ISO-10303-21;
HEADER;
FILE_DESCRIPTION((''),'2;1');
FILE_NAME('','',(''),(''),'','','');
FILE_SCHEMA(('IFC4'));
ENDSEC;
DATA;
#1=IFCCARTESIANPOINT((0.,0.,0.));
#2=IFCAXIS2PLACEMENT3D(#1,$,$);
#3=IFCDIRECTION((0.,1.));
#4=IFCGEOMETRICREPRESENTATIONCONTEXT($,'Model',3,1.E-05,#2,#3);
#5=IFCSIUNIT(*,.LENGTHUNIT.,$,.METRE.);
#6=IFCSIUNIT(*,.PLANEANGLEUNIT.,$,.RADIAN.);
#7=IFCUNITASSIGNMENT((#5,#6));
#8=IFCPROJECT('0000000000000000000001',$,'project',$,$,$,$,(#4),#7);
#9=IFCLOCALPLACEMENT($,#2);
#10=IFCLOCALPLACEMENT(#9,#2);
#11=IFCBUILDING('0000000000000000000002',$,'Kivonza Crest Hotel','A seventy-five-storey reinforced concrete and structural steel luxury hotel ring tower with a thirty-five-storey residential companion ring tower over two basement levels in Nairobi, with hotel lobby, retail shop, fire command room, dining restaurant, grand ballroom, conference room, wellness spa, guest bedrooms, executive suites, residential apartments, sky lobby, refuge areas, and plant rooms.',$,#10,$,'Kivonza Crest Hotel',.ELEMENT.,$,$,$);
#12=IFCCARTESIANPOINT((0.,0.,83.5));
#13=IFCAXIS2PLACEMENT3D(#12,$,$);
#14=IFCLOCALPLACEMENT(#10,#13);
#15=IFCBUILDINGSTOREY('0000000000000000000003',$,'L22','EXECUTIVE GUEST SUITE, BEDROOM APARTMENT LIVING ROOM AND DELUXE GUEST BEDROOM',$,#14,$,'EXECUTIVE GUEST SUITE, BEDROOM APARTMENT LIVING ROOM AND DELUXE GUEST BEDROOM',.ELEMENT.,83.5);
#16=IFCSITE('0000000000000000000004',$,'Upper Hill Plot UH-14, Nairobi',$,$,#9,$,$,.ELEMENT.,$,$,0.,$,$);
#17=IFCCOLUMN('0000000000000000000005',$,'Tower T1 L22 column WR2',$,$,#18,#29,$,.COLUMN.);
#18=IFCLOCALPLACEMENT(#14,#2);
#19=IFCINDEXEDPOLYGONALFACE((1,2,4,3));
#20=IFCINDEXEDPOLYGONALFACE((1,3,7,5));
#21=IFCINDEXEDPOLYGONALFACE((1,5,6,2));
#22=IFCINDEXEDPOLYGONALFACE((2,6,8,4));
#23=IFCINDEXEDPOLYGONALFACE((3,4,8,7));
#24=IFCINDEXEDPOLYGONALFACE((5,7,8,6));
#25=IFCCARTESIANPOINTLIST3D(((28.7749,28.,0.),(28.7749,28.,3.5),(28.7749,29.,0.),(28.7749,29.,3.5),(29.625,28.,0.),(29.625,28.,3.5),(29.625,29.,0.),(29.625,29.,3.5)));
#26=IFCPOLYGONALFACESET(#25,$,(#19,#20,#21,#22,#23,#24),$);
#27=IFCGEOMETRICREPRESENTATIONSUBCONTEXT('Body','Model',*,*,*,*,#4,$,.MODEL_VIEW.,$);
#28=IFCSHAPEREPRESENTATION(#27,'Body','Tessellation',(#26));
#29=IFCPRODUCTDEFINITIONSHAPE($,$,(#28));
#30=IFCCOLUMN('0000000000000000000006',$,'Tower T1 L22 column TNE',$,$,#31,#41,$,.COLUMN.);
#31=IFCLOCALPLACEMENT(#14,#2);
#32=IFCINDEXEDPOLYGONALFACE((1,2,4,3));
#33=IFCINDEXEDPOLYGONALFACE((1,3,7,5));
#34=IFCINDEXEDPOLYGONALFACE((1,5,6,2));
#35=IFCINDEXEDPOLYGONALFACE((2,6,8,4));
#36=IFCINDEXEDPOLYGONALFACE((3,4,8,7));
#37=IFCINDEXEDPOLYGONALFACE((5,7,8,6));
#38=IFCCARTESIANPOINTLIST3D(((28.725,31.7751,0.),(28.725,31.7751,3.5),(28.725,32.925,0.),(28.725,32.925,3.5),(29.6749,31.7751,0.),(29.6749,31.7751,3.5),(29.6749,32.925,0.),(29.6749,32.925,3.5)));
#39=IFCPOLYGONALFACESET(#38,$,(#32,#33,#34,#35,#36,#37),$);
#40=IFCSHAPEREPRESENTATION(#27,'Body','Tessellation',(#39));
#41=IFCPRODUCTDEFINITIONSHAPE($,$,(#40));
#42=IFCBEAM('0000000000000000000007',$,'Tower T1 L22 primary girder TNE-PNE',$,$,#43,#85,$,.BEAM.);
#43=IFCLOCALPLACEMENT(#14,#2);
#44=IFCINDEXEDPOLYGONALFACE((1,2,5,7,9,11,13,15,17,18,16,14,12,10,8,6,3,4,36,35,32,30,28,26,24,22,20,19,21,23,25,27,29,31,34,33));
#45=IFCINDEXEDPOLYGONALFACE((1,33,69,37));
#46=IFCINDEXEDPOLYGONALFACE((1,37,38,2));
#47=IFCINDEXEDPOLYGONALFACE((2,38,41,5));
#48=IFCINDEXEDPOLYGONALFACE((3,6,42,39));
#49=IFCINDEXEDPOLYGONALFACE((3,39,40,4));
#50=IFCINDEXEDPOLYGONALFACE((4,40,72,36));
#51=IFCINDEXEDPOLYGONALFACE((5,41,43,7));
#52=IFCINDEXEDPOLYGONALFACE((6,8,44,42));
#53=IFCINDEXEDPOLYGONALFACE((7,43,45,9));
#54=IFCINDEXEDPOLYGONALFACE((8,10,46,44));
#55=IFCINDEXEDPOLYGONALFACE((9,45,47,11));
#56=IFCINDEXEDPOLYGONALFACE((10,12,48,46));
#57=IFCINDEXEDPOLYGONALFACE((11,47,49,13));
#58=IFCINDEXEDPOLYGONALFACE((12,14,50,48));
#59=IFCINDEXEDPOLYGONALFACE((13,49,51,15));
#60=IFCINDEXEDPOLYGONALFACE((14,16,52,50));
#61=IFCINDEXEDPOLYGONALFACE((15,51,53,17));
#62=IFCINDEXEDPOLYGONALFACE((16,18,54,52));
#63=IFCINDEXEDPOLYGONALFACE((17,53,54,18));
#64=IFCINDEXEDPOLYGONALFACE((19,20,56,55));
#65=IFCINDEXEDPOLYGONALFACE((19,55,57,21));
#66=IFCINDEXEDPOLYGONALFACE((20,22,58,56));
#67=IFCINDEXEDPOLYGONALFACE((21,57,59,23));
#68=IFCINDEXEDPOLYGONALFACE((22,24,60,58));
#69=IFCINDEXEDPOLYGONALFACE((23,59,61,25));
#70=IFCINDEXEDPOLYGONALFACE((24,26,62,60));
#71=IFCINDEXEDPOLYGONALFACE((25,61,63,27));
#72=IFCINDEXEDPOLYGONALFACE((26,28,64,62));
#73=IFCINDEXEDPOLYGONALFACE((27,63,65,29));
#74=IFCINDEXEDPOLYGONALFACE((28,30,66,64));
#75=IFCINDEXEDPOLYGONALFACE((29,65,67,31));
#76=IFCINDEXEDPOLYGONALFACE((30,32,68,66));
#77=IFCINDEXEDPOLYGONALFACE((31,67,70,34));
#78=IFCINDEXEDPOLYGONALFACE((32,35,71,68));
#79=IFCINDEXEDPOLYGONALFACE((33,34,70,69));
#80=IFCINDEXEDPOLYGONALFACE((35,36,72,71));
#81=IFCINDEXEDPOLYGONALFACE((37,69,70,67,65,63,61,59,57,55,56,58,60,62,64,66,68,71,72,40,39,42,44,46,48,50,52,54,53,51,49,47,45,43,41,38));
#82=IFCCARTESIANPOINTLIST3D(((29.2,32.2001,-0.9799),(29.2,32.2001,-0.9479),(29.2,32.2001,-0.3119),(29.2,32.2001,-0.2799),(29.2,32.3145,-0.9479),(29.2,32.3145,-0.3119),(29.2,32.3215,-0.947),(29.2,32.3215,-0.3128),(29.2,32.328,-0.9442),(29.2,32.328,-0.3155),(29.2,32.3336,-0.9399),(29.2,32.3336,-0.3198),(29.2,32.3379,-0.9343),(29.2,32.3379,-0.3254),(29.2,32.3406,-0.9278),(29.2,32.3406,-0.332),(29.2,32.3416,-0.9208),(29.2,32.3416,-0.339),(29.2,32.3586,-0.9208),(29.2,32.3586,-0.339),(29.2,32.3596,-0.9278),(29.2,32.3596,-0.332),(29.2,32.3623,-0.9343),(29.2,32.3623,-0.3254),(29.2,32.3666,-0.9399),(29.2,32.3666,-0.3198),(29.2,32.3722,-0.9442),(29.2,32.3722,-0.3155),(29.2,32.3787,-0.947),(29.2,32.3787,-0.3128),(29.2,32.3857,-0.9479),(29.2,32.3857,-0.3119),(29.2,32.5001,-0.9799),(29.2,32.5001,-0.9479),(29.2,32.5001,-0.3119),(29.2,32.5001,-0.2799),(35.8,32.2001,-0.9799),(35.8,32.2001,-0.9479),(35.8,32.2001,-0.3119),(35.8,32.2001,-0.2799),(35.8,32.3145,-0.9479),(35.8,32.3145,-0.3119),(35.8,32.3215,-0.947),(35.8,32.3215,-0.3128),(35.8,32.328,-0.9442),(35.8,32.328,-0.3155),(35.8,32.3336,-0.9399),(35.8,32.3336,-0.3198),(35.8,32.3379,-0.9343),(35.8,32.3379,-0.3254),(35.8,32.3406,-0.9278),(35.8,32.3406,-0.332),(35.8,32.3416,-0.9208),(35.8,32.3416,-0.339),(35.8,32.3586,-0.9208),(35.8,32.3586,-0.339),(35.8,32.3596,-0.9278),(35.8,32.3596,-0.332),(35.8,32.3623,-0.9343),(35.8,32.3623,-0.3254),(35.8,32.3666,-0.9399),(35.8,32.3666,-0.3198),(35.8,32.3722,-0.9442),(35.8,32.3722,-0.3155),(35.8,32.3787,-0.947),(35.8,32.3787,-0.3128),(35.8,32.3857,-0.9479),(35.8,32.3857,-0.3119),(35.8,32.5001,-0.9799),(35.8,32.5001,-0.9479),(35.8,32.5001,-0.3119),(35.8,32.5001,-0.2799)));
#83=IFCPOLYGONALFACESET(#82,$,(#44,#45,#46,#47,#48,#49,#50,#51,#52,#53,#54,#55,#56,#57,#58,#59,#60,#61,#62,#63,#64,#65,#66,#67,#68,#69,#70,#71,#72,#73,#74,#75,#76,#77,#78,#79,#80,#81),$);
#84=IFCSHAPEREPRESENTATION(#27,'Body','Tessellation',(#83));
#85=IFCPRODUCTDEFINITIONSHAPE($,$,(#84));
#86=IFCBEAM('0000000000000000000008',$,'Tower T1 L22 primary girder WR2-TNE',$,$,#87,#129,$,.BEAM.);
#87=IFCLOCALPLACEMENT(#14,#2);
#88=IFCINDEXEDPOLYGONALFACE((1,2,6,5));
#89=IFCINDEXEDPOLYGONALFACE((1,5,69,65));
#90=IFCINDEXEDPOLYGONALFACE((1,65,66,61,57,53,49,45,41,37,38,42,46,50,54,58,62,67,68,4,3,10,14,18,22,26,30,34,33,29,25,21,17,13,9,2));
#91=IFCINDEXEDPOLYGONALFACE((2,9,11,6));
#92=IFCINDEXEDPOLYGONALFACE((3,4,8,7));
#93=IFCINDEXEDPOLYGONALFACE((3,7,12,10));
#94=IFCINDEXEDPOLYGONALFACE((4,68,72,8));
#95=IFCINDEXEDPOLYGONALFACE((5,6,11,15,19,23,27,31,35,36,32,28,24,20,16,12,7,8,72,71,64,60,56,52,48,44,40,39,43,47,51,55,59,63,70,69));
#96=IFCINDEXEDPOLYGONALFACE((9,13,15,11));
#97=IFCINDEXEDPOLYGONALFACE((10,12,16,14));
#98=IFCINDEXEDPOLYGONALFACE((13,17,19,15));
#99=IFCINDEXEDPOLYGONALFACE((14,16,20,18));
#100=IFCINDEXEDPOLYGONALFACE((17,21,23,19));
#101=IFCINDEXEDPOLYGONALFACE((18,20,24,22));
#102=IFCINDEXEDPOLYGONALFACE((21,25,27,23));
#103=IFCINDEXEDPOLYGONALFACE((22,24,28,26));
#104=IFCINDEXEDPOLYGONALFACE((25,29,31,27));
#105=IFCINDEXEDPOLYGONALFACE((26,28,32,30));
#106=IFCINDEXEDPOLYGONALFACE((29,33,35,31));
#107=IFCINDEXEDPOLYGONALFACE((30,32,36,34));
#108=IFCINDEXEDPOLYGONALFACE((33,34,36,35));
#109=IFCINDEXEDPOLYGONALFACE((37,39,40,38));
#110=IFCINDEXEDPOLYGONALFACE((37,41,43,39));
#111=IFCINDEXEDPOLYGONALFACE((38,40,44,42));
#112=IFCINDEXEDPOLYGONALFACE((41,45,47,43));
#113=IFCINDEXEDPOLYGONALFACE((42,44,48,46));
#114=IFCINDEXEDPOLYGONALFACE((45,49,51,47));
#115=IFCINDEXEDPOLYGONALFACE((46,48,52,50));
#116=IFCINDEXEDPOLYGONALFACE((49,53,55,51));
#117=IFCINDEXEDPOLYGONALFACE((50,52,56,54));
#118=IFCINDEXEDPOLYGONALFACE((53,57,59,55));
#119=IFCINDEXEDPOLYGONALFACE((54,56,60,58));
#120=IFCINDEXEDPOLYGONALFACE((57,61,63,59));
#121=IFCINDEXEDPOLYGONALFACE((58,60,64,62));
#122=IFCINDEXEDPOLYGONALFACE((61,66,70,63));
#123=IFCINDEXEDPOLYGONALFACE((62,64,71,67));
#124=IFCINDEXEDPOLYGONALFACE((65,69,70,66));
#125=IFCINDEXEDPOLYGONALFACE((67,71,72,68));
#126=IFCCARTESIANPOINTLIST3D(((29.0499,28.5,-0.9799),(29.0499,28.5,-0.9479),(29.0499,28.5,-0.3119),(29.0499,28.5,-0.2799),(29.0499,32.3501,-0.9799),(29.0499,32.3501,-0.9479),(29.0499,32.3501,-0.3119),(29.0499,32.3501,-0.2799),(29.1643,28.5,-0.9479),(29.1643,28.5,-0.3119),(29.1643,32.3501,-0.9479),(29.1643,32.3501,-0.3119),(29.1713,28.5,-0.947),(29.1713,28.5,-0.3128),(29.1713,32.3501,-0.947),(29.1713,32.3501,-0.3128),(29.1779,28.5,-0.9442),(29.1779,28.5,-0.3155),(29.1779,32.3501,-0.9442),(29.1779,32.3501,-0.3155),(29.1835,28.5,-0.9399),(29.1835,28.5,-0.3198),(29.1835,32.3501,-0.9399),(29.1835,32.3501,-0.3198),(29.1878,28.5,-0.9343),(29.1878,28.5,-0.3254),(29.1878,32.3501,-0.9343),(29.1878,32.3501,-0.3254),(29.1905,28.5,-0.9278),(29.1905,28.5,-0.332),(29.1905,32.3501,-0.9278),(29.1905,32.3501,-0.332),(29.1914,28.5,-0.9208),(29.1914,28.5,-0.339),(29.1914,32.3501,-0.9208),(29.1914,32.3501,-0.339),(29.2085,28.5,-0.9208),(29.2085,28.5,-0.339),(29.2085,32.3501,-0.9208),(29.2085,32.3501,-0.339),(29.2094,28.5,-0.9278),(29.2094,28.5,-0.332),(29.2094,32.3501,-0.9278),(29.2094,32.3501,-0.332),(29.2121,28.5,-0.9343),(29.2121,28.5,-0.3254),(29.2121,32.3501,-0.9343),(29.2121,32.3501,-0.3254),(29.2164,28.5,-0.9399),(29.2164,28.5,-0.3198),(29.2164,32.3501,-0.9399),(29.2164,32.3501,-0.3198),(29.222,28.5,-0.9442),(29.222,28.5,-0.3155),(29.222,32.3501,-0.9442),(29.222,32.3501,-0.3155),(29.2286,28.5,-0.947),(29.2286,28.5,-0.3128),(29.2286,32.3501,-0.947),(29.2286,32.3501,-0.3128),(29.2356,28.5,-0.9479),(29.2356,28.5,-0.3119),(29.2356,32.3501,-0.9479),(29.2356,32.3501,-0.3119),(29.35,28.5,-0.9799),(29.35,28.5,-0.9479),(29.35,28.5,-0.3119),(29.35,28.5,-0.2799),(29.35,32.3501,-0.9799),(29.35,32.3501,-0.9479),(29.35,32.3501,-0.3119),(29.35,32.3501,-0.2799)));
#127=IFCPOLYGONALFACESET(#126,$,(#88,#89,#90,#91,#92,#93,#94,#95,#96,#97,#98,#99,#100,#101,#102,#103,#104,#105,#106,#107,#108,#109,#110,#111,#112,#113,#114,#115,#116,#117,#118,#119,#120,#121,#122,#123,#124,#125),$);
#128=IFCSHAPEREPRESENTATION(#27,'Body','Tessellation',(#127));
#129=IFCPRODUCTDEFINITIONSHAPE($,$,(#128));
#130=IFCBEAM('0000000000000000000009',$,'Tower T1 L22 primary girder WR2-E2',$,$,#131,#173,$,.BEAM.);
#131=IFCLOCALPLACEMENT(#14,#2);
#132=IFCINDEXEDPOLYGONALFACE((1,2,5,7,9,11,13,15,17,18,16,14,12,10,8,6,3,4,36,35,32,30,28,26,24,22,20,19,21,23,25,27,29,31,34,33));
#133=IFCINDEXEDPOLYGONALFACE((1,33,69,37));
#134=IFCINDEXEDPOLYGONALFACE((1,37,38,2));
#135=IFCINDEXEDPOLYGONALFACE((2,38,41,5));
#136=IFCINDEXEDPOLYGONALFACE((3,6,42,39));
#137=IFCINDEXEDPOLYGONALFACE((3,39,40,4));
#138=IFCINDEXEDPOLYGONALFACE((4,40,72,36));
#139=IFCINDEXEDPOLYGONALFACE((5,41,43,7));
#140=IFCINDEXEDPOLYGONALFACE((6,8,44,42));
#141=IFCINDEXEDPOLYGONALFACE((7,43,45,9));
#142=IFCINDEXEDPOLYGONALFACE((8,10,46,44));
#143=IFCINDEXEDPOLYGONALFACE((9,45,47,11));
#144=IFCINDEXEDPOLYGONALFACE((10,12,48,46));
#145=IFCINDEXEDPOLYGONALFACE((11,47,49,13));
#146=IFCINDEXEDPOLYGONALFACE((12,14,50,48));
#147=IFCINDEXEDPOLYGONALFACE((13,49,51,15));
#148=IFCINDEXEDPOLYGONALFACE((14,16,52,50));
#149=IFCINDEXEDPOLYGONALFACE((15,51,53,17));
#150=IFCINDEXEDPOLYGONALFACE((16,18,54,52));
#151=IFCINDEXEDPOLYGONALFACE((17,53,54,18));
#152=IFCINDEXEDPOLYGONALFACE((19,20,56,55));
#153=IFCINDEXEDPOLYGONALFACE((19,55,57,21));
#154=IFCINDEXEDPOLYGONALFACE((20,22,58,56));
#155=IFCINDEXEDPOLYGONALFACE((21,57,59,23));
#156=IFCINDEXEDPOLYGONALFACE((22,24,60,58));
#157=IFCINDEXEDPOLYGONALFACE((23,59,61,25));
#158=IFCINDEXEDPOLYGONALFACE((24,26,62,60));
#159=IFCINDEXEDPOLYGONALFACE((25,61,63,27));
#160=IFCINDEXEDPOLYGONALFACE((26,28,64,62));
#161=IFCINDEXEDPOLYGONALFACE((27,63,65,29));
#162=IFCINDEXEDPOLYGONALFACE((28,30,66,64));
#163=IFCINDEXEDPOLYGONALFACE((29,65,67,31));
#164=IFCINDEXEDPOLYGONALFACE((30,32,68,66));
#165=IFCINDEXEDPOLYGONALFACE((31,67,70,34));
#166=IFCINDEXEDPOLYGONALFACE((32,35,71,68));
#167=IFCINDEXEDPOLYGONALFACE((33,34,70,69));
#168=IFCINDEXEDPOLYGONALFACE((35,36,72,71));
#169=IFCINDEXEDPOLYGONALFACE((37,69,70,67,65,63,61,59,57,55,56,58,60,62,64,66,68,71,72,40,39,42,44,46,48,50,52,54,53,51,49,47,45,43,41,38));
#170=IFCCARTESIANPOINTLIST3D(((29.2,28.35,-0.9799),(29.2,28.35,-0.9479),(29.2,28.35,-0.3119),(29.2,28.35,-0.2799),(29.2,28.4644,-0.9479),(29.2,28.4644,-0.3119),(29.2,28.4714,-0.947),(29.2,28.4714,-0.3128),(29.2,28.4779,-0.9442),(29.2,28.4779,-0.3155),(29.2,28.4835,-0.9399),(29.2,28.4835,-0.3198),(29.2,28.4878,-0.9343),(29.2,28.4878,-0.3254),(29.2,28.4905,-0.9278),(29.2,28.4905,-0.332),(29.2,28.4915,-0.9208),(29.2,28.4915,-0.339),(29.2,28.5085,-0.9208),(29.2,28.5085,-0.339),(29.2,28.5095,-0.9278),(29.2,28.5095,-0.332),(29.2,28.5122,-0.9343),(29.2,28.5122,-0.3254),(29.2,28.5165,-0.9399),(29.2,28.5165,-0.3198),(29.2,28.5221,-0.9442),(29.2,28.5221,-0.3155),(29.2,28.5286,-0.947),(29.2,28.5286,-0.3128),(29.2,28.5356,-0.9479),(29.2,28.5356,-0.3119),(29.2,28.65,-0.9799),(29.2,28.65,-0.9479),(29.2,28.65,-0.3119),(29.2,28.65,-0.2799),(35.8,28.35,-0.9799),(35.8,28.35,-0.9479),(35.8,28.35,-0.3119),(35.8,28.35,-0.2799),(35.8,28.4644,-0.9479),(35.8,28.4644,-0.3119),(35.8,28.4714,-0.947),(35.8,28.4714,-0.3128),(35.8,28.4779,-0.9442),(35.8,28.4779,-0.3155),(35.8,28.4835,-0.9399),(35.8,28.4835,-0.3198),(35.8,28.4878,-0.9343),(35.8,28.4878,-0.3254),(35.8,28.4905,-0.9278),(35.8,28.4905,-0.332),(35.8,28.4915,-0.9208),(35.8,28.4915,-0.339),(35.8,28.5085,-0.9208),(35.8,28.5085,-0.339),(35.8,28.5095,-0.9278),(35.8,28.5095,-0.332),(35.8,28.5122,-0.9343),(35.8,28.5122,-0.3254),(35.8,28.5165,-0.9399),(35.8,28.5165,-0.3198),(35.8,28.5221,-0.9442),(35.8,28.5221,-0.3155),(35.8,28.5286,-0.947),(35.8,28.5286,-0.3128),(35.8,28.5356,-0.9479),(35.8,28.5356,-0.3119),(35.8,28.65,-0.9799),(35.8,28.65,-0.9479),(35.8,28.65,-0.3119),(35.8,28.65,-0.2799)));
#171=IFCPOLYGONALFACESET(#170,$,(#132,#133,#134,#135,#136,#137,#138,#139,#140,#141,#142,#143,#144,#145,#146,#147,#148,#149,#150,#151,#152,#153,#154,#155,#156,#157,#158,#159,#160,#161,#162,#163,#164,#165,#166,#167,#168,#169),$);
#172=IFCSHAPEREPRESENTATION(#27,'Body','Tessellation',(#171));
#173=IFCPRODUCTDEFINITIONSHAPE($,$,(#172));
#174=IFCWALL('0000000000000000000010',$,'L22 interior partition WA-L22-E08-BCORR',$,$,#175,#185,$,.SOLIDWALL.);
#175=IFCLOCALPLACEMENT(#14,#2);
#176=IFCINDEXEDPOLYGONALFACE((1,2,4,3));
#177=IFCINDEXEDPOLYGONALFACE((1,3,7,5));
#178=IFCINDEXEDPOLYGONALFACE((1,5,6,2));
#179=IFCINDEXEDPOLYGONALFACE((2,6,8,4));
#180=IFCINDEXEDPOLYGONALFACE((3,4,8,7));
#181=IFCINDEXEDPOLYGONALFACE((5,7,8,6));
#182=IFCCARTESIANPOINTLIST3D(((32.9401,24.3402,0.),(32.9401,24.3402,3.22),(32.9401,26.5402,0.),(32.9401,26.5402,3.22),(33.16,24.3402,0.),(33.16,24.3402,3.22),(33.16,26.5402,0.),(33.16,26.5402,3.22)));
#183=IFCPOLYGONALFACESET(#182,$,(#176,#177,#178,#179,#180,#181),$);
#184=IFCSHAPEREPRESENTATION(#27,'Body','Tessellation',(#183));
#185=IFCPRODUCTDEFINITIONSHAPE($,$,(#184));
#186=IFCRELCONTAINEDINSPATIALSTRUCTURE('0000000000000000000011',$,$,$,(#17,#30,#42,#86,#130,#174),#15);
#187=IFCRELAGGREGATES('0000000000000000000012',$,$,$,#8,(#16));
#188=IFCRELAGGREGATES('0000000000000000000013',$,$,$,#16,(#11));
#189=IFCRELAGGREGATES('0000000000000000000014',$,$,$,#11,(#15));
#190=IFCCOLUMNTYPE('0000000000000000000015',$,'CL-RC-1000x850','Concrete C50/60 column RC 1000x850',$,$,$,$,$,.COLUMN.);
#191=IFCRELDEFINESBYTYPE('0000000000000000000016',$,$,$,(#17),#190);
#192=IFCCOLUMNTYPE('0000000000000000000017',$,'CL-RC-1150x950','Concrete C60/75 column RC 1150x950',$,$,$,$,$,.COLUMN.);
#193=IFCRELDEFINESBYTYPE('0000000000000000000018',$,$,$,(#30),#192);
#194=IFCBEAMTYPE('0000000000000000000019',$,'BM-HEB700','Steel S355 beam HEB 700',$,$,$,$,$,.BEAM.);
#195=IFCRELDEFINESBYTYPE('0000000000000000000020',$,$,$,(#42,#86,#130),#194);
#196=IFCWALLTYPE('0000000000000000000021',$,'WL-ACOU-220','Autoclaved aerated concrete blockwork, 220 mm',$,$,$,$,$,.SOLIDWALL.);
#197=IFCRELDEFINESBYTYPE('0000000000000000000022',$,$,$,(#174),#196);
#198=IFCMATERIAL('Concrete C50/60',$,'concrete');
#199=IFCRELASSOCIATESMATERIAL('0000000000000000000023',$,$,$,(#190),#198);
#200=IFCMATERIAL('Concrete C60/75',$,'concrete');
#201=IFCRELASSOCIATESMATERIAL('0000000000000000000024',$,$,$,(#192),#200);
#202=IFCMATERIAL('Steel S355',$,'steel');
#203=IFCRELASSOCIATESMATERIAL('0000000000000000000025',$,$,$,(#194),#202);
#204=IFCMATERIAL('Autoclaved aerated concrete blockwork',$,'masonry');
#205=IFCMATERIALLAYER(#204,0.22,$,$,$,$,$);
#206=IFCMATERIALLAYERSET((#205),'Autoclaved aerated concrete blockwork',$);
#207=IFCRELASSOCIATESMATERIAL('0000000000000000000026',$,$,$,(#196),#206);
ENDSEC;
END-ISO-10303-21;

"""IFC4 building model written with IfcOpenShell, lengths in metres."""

from ifc_helpers import new_model, si_unit, direction, frame, frame_2d, origin, origin_2d, place, context, subcontext, project, spatial, rectangle, i_section, extrude, material, layer, layer_set, material_profile, profile_set, type_object, element, save


model = new_model("IFC4")

# Units and contexts
model_context = context("Model", 3, precision=1e-05, world=origin(), true_north=direction((0.0, 1.0)))
body_context = subcontext(model_context, "Body", "Model", "MODEL_VIEW")
ifc_project = project(units=[si_unit("LENGTHUNIT", "METRE"), si_unit("PLANEANGLEUNIT", "RADIAN")], contexts=[model_context])

# Site, building, storey
site_placement = place(None, origin())
site = spatial("IfcSite", under=ifc_project, at=site_placement, Name="Upper Hill Plot UH-14, Nairobi", CompositionType="ELEMENT", RefElevation=0.0)
building_placement = place(site_placement, origin())
building = spatial("IfcBuilding", under=site, at=building_placement, Name="Kivonza Crest Hotel", Description="A seventy-five-storey reinforced concrete and structural steel luxury hotel ring tower with a thirty-five-storey residential companion ring tower over two basement levels in Nairobi, with hotel lobby, retail shop, fire command room, dining restaurant, grand ballroom, conference room, wellness spa, guest bedrooms, executive suites, residential apartments, sky lobby, refuge areas, and plant rooms.", LongName="Kivonza Crest Hotel", CompositionType="ELEMENT")
storey_placement = place(building_placement, frame((0.0, 0.0, 83.5)))
storey = spatial("IfcBuildingStorey", under=building, at=storey_placement, Name="L22", Description="EXECUTIVE GUEST SUITE, BEDROOM APARTMENT LIVING ROOM AND DELUXE GUEST BEDROOM", LongName="EXECUTIVE GUEST SUITE, BEDROOM APARTMENT LIVING ROOM AND DELUXE GUEST BEDROOM", CompositionType="ELEMENT", Elevation=83.5)

# Columns
ifc_material_1 = material(Name="Concrete C50/60", Category="concrete")
ifc_material_profile_1 = material_profile(ifc_material_1, rectangle(XDim=0.8501, YDim=1.0, at=origin_2d()), Name="RC 1000x850")
ifc_profile_set_1 = profile_set([ifc_material_profile_1], Name="Concrete C50/60")
column_type_1 = type_object("IfcColumnType", Name="CL-RC-1000x850", Description="Concrete C50/60 column RC 1000x850", PredefinedType="COLUMN", material=ifc_profile_set_1)
column_1_placement = place(storey_placement, frame((29.2, 28.5, 0.0), z_axis=(0.0, 0.0, 1.0), x_axis=(1.0, 0.0, 0.0)))
element("IfcColumn", 1, at=column_1_placement, inside=storey, type_object=column_type_1, Name="Tower T1 L22 column WR2", PredefinedType="COLUMN", context=body_context, shape_type="SweptSolid", body=[
    extrude(rectangle(XDim=0.8501, YDim=1.0, at=origin_2d()), origin(), (0.0, 0.0, 1.0), 3.5),
])
ifc_material_2 = material(Name="Concrete C60/75", Category="concrete")
ifc_material_profile_2 = material_profile(ifc_material_2, rectangle(XDim=0.95, YDim=1.1499, at=origin_2d()), Name="RC 1150x950")
ifc_profile_set_2 = profile_set([ifc_material_profile_2], Name="Concrete C60/75")
column_type_2 = type_object("IfcColumnType", Name="CL-RC-1150x950", Description="Concrete C60/75 column RC 1150x950", PredefinedType="COLUMN", material=ifc_profile_set_2)
column_2_placement = place(storey_placement, frame((29.2, 32.3501, 0.0), z_axis=(0.0, 0.0, 1.0), x_axis=(1.0, 0.0, 0.0)))
element("IfcColumn", 2, at=column_2_placement, inside=storey, type_object=column_type_2, Name="Tower T1 L22 column TNE", PredefinedType="COLUMN", context=body_context, shape_type="SweptSolid", body=[
    extrude(rectangle(XDim=0.95, YDim=1.1499, at=origin_2d()), origin(), (0.0, 0.0, 1.0), 3.5),
])

# Beams
ifc_material_3 = material(Name="Steel S355", Category="steel")
ifc_material_profile_3 = material_profile(ifc_material_3, i_section(OverallWidth=0.3, OverallDepth=0.7, WebThickness=0.0171, FlangeThickness=0.032, FilletRadius=0.0271, at=origin_2d()), Name="HEB 700")
ifc_profile_set_3 = profile_set([ifc_material_profile_3], Name="Steel S355")
beam_type = type_object("IfcBeamType", Name="BM-HEB700", Description="Steel S355 beam HEB 700", PredefinedType="BEAM", material=ifc_profile_set_3)
beam_1_placement = place(storey_placement, frame((29.2, 32.3501, -0.6299), z_axis=(1.0, 0.0, 0.0), x_axis=(0.0, 1.0, 0.0)))
element("IfcBeam", 3, at=beam_1_placement, inside=storey, type_object=beam_type, Name="Tower T1 L22 primary girder TNE-PNE", PredefinedType="BEAM", context=body_context, shape_type="SweptSolid", body=[
    extrude(i_section(OverallWidth=0.3, OverallDepth=0.7, WebThickness=0.0171, FlangeThickness=0.032, FilletRadius=0.0271, at=origin_2d()), origin(), (0.0, 0.0, 1.0), 6.6001),
])
beam_2_placement = place(storey_placement, frame((29.2, 28.5, -0.6299), z_axis=(0.0, 1.0, 0.0), x_axis=(-1.0, 0.0, 0.0)))
element("IfcBeam", 4, at=beam_2_placement, inside=storey, type_object=beam_type, Name="Tower T1 L22 primary girder WR2-TNE", PredefinedType="BEAM", context=body_context, shape_type="SweptSolid", body=[
    extrude(i_section(OverallWidth=0.3, OverallDepth=0.7, WebThickness=0.0171, FlangeThickness=0.032, FilletRadius=0.0271, at=origin_2d()), origin(), (0.0, 0.0, 1.0), 3.8501),
])
beam_3_placement = place(storey_placement, frame((29.2, 28.5, -0.6299), z_axis=(1.0, 0.0, 0.0), x_axis=(0.0, 1.0, 0.0)))
element("IfcBeam", 5, at=beam_3_placement, inside=storey, type_object=beam_type, Name="Tower T1 L22 primary girder WR2-E2", PredefinedType="BEAM", context=body_context, shape_type="SweptSolid", body=[
    extrude(i_section(OverallWidth=0.3, OverallDepth=0.7, WebThickness=0.0171, FlangeThickness=0.032, FilletRadius=0.0271, at=origin_2d()), origin(), (0.0, 0.0, 1.0), 6.6001),
])

# Wall
ifc_material_4 = material(Name="Autoclaved aerated concrete blockwork", Category="masonry")
ifc_layer_1 = layer(ifc_material_4, 0.22)
ifc_layer_set_1 = layer_set([ifc_layer_1], Name="Autoclaved aerated concrete blockwork")
wall_type_1 = type_object("IfcWallType", Name="WL-ACOU-220", Description="Autoclaved aerated concrete blockwork, 220 mm", PredefinedType="SOLIDWALL", material=ifc_layer_set_1)
wall_1_placement = place(storey_placement, frame((33.05, 24.3401, 0.0), z_axis=(0.0, 0.0, 1.0), x_axis=(0.0, 1.0, 0.0)))
element("IfcWall", 6, at=wall_1_placement, inside=storey, type_object=wall_type_1, Name="L22 interior partition WA-L22-E08-BCORR", PredefinedType="SOLIDWALL", context=body_context, shape_type="SweptSolid", body=[
    extrude(rectangle(XDim=2.2, YDim=0.22, at=frame_2d((1.1001, 0.0))), origin(), (0.0, 0.0, 1.0), 3.22),
])

save(model, "model.ifc")
